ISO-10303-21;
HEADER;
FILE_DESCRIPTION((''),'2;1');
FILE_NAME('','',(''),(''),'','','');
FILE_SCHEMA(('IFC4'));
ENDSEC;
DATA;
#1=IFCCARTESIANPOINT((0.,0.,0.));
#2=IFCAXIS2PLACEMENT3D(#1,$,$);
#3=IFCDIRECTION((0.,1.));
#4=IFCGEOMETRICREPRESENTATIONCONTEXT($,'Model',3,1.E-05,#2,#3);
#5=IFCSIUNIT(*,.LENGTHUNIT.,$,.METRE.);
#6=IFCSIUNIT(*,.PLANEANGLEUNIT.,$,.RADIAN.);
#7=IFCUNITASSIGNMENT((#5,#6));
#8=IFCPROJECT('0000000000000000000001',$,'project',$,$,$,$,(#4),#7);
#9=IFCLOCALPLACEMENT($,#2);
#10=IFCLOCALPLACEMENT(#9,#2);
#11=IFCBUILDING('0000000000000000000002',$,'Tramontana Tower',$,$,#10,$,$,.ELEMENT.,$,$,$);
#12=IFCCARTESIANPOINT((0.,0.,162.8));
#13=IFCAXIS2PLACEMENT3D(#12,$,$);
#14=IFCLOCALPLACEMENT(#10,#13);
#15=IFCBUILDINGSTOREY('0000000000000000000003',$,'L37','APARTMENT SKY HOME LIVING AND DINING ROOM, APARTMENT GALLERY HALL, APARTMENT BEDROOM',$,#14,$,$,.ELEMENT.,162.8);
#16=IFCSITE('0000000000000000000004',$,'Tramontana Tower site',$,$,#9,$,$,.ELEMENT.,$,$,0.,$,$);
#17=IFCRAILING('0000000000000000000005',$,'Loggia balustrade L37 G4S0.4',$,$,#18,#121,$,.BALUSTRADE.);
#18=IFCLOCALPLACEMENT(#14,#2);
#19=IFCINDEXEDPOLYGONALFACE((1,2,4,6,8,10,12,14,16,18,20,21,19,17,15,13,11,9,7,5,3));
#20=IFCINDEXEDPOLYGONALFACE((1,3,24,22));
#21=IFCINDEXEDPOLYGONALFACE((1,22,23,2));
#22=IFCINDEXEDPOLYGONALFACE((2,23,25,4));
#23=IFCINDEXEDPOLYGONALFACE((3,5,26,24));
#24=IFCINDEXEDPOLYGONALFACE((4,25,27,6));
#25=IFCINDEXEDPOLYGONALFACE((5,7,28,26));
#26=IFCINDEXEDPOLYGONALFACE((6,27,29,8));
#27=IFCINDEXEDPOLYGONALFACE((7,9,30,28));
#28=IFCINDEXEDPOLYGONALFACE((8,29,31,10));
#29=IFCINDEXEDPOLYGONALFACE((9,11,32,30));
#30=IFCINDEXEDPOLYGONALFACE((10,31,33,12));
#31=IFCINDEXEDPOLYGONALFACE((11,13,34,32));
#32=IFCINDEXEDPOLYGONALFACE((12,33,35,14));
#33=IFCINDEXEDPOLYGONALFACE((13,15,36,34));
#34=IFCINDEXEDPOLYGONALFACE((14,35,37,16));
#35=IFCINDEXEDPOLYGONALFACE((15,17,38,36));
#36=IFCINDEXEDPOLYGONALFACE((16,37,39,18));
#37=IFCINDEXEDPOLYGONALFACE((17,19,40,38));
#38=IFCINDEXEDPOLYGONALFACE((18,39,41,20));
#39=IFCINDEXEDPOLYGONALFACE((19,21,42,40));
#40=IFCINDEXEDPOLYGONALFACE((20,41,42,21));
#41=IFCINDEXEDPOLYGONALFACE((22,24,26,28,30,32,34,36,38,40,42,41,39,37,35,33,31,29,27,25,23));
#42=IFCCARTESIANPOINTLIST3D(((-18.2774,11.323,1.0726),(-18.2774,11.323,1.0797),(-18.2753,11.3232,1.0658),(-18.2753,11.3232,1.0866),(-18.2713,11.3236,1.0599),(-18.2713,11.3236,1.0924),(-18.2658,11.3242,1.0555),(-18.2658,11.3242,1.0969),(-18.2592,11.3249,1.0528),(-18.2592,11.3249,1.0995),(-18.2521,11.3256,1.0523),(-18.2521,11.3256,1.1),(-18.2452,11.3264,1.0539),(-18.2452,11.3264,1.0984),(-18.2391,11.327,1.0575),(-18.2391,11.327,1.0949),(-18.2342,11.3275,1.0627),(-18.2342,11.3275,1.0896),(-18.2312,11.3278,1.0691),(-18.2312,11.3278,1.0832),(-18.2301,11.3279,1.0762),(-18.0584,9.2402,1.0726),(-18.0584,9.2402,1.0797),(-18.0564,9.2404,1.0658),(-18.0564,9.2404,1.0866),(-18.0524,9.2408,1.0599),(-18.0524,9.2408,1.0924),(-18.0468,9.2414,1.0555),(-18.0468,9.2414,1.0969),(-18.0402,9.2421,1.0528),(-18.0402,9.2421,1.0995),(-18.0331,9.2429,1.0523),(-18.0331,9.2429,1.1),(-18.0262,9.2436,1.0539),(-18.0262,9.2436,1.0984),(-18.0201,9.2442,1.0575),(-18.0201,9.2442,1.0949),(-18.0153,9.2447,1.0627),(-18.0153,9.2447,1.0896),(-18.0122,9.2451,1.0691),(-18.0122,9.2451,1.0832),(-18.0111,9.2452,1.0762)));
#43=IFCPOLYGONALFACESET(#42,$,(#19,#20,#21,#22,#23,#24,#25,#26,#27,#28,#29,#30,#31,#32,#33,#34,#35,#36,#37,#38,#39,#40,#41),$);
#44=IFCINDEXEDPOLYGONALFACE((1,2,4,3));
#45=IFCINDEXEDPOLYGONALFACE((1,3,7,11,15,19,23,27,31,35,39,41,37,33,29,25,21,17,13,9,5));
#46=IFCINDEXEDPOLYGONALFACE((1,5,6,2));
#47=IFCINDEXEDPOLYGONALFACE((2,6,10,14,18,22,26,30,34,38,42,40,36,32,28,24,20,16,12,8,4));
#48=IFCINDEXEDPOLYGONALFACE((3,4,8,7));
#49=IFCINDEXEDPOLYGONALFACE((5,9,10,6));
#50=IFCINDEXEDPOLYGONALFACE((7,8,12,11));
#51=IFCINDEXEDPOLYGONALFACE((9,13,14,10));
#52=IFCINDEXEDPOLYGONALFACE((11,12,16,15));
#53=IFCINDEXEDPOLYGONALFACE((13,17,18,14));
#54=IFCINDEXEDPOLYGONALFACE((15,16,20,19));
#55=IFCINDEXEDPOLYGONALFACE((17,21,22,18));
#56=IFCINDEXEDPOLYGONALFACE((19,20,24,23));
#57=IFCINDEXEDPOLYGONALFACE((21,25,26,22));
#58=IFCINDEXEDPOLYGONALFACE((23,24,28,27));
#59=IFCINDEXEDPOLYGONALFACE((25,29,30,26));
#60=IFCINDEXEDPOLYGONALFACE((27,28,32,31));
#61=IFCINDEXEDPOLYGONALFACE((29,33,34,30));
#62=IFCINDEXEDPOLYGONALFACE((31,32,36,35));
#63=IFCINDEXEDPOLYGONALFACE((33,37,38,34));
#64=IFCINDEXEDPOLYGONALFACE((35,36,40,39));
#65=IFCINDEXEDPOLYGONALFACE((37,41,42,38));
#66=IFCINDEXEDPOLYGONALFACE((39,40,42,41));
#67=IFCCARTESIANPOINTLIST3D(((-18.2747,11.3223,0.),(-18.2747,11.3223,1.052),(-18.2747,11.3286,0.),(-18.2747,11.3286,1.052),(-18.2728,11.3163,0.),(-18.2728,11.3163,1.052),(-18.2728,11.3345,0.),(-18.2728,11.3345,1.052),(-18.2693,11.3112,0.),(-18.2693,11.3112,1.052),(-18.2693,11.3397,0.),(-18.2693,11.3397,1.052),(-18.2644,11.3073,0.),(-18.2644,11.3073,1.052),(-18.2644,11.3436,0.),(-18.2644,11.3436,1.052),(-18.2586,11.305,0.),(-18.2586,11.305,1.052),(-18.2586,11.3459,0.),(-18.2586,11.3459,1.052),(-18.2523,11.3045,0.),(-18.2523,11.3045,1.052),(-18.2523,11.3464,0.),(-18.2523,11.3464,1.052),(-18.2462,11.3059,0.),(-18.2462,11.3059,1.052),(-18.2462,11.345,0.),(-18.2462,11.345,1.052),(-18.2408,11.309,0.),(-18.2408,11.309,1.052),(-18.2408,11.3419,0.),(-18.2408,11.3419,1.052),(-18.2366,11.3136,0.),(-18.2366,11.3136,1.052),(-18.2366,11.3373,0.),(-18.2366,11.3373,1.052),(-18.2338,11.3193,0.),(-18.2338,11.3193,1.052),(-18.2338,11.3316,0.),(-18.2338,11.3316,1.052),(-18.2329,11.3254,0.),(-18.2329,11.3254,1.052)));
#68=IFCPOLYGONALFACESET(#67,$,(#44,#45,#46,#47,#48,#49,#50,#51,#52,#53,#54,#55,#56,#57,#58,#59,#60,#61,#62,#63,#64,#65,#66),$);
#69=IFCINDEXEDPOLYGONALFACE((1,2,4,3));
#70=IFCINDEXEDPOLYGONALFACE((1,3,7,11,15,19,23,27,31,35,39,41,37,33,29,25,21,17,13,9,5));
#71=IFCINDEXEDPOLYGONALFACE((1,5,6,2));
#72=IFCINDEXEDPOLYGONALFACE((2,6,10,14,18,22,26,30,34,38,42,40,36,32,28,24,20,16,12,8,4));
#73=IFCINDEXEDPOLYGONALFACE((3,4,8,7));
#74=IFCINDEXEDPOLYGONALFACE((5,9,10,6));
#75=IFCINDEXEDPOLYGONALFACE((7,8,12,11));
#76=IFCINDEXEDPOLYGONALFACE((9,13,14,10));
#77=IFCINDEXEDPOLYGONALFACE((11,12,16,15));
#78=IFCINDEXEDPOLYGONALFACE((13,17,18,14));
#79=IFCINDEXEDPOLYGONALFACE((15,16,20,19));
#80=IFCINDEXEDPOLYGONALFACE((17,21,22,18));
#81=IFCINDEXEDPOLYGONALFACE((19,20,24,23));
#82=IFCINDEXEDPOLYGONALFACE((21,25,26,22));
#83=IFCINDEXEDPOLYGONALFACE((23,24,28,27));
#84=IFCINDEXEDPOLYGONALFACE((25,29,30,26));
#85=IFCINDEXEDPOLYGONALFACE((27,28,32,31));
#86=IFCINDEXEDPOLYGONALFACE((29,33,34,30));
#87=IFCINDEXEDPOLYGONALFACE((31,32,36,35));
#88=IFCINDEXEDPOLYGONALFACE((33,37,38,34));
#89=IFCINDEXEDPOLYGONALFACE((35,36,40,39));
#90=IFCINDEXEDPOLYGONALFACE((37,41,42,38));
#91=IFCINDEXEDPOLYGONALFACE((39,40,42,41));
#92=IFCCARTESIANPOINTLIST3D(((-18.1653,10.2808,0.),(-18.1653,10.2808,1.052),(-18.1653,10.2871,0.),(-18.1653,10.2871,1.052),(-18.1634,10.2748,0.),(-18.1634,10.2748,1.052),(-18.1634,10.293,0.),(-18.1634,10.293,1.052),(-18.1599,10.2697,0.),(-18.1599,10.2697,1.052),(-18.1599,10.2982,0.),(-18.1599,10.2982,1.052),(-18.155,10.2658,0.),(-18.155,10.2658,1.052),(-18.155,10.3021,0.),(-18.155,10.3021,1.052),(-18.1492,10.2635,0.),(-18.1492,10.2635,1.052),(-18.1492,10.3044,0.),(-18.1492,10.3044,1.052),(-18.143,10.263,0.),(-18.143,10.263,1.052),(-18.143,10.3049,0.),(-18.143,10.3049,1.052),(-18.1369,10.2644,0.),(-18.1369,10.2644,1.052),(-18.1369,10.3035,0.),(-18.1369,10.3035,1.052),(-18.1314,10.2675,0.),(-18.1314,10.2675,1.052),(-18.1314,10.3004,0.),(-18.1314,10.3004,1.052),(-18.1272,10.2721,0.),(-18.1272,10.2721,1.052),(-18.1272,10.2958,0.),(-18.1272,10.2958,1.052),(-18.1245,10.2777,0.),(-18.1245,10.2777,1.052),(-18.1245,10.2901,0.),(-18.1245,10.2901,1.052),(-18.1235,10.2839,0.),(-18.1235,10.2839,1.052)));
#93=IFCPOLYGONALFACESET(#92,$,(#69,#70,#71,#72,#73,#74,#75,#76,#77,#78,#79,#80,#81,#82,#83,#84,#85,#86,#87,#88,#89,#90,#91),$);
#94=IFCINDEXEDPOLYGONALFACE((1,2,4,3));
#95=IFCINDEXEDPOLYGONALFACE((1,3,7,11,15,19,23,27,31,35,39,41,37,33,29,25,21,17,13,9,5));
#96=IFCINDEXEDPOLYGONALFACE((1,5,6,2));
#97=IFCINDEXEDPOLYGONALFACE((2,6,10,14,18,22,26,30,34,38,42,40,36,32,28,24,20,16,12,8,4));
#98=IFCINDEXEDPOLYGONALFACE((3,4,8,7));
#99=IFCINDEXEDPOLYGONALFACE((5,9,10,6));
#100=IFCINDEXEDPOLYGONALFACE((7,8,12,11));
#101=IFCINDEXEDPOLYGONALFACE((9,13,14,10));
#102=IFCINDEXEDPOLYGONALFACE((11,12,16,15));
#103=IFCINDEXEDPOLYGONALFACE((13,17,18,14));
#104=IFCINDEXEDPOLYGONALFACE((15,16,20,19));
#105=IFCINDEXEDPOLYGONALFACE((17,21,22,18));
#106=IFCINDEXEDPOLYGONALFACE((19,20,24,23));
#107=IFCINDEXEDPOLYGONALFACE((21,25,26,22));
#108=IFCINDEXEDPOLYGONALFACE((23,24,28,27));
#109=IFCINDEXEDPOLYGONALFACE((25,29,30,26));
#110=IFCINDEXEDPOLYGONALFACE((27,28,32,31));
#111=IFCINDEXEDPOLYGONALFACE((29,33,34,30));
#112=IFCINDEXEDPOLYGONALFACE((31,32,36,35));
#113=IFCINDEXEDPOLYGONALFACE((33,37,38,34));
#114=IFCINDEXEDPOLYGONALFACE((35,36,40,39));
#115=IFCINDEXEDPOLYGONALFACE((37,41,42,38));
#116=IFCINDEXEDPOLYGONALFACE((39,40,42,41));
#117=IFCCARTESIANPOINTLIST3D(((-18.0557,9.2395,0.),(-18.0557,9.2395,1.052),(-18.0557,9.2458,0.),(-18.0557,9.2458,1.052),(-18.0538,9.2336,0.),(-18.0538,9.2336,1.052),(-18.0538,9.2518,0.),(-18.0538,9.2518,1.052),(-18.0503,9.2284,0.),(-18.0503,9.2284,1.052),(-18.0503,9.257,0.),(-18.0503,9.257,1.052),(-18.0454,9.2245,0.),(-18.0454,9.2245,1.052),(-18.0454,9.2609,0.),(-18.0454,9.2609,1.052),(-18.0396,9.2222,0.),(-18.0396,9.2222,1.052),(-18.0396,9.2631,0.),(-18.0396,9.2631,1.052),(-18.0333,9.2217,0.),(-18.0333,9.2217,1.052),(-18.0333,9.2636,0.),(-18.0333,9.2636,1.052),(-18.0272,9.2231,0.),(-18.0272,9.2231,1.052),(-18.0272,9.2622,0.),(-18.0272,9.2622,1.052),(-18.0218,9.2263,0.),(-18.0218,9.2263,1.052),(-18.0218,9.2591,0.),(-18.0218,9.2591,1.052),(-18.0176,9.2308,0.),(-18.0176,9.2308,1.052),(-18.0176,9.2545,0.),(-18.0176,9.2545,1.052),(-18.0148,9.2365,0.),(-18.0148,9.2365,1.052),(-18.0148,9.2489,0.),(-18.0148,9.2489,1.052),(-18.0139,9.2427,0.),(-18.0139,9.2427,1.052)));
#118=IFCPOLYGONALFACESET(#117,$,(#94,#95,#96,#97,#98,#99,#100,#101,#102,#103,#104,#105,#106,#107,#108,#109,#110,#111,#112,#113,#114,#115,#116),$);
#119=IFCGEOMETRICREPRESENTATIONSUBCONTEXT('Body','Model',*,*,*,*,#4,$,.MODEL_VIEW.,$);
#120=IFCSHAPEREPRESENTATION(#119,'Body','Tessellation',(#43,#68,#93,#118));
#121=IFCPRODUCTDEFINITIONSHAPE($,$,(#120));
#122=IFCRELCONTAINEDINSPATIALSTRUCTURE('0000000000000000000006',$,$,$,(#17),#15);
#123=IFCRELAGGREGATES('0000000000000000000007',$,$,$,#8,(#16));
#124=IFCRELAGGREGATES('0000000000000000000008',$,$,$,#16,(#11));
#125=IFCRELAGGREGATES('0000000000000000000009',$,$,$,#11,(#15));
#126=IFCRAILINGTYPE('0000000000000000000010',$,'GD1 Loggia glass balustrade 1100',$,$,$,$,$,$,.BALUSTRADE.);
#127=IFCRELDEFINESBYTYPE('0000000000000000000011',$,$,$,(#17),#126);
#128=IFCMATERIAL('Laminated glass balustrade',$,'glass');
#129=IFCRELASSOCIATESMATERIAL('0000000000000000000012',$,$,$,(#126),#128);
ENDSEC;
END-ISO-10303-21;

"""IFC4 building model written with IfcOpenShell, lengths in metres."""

from ifc_helpers import new_model, si_unit, direction, frame, origin, origin_2d, place, context, subcontext, project, spatial, circle, extrude, material, type_object, element, save


model = new_model("IFC4")

# Units and contexts
model_context = context("Model", 3, precision=1e-05, world=origin(), true_north=direction((0.0, 1.0)))
body_context = subcontext(model_context, "Body", "Model", "MODEL_VIEW")
ifc_project = project(units=[si_unit("LENGTHUNIT", "METRE"), si_unit("PLANEANGLEUNIT", "RADIAN")], contexts=[model_context])

# Site, building, storey
site_placement = place(None, origin())
site = spatial("IfcSite", under=ifc_project, at=site_placement, Name="Tramontana Tower site", CompositionType="ELEMENT", RefElevation=0.0)
building_placement = place(site_placement, origin())
building = spatial("IfcBuilding", under=site, at=building_placement, Name="Tramontana Tower", CompositionType="ELEMENT")
storey_placement = place(building_placement, frame((0.0, 0.0, 162.8)))
storey = spatial("IfcBuildingStorey", under=building, at=storey_placement, Name="L37", Description="APARTMENT SKY HOME LIVING AND DINING ROOM, APARTMENT GALLERY HALL, APARTMENT BEDROOM", CompositionType="ELEMENT", Elevation=162.8)

# Railing
ifc_material_1 = material(Name="Laminated glass balustrade", Category="glass")
railing_type = type_object("IfcRailingType", Name="GD1 Loggia glass balustrade 1100", PredefinedType="BALUSTRADE", material=ifc_material_1)
railing_1_placement = place(storey_placement, frame((-18.2539, 11.3254, 0.0)))
element("IfcRailing", 1, at=railing_1_placement, inside=storey, type_object=railing_type, Name="Loggia balustrade L37 G4S0.4", PredefinedType="BALUSTRADE", context=body_context, shape_type="SweptSolid", body=[
    extrude(circle(Radius=0.0239, at=origin_2d()), frame((0.0, 0.0, 1.0762), z_axis=(0.104569, -0.994518, 0.0), x_axis=(0.994518, 0.104569, 0.0)), (0.0, 0.0, 1.0), 2.0942),
    extrude(circle(Radius=0.021, at=origin_2d()), origin(), (0.0, 0.0, 1.0), 1.052),
    extrude(circle(Radius=0.021, at=origin_2d()), frame((0.1094, -1.0415, 0.0)), (0.0, 0.0, 1.0), 1.052),
    extrude(circle(Radius=0.021, at=origin_2d()), frame((0.219, -2.0828, 0.0)), (0.0, 0.0, 1.0), 1.052),
])

save(model, "model.ifc")
